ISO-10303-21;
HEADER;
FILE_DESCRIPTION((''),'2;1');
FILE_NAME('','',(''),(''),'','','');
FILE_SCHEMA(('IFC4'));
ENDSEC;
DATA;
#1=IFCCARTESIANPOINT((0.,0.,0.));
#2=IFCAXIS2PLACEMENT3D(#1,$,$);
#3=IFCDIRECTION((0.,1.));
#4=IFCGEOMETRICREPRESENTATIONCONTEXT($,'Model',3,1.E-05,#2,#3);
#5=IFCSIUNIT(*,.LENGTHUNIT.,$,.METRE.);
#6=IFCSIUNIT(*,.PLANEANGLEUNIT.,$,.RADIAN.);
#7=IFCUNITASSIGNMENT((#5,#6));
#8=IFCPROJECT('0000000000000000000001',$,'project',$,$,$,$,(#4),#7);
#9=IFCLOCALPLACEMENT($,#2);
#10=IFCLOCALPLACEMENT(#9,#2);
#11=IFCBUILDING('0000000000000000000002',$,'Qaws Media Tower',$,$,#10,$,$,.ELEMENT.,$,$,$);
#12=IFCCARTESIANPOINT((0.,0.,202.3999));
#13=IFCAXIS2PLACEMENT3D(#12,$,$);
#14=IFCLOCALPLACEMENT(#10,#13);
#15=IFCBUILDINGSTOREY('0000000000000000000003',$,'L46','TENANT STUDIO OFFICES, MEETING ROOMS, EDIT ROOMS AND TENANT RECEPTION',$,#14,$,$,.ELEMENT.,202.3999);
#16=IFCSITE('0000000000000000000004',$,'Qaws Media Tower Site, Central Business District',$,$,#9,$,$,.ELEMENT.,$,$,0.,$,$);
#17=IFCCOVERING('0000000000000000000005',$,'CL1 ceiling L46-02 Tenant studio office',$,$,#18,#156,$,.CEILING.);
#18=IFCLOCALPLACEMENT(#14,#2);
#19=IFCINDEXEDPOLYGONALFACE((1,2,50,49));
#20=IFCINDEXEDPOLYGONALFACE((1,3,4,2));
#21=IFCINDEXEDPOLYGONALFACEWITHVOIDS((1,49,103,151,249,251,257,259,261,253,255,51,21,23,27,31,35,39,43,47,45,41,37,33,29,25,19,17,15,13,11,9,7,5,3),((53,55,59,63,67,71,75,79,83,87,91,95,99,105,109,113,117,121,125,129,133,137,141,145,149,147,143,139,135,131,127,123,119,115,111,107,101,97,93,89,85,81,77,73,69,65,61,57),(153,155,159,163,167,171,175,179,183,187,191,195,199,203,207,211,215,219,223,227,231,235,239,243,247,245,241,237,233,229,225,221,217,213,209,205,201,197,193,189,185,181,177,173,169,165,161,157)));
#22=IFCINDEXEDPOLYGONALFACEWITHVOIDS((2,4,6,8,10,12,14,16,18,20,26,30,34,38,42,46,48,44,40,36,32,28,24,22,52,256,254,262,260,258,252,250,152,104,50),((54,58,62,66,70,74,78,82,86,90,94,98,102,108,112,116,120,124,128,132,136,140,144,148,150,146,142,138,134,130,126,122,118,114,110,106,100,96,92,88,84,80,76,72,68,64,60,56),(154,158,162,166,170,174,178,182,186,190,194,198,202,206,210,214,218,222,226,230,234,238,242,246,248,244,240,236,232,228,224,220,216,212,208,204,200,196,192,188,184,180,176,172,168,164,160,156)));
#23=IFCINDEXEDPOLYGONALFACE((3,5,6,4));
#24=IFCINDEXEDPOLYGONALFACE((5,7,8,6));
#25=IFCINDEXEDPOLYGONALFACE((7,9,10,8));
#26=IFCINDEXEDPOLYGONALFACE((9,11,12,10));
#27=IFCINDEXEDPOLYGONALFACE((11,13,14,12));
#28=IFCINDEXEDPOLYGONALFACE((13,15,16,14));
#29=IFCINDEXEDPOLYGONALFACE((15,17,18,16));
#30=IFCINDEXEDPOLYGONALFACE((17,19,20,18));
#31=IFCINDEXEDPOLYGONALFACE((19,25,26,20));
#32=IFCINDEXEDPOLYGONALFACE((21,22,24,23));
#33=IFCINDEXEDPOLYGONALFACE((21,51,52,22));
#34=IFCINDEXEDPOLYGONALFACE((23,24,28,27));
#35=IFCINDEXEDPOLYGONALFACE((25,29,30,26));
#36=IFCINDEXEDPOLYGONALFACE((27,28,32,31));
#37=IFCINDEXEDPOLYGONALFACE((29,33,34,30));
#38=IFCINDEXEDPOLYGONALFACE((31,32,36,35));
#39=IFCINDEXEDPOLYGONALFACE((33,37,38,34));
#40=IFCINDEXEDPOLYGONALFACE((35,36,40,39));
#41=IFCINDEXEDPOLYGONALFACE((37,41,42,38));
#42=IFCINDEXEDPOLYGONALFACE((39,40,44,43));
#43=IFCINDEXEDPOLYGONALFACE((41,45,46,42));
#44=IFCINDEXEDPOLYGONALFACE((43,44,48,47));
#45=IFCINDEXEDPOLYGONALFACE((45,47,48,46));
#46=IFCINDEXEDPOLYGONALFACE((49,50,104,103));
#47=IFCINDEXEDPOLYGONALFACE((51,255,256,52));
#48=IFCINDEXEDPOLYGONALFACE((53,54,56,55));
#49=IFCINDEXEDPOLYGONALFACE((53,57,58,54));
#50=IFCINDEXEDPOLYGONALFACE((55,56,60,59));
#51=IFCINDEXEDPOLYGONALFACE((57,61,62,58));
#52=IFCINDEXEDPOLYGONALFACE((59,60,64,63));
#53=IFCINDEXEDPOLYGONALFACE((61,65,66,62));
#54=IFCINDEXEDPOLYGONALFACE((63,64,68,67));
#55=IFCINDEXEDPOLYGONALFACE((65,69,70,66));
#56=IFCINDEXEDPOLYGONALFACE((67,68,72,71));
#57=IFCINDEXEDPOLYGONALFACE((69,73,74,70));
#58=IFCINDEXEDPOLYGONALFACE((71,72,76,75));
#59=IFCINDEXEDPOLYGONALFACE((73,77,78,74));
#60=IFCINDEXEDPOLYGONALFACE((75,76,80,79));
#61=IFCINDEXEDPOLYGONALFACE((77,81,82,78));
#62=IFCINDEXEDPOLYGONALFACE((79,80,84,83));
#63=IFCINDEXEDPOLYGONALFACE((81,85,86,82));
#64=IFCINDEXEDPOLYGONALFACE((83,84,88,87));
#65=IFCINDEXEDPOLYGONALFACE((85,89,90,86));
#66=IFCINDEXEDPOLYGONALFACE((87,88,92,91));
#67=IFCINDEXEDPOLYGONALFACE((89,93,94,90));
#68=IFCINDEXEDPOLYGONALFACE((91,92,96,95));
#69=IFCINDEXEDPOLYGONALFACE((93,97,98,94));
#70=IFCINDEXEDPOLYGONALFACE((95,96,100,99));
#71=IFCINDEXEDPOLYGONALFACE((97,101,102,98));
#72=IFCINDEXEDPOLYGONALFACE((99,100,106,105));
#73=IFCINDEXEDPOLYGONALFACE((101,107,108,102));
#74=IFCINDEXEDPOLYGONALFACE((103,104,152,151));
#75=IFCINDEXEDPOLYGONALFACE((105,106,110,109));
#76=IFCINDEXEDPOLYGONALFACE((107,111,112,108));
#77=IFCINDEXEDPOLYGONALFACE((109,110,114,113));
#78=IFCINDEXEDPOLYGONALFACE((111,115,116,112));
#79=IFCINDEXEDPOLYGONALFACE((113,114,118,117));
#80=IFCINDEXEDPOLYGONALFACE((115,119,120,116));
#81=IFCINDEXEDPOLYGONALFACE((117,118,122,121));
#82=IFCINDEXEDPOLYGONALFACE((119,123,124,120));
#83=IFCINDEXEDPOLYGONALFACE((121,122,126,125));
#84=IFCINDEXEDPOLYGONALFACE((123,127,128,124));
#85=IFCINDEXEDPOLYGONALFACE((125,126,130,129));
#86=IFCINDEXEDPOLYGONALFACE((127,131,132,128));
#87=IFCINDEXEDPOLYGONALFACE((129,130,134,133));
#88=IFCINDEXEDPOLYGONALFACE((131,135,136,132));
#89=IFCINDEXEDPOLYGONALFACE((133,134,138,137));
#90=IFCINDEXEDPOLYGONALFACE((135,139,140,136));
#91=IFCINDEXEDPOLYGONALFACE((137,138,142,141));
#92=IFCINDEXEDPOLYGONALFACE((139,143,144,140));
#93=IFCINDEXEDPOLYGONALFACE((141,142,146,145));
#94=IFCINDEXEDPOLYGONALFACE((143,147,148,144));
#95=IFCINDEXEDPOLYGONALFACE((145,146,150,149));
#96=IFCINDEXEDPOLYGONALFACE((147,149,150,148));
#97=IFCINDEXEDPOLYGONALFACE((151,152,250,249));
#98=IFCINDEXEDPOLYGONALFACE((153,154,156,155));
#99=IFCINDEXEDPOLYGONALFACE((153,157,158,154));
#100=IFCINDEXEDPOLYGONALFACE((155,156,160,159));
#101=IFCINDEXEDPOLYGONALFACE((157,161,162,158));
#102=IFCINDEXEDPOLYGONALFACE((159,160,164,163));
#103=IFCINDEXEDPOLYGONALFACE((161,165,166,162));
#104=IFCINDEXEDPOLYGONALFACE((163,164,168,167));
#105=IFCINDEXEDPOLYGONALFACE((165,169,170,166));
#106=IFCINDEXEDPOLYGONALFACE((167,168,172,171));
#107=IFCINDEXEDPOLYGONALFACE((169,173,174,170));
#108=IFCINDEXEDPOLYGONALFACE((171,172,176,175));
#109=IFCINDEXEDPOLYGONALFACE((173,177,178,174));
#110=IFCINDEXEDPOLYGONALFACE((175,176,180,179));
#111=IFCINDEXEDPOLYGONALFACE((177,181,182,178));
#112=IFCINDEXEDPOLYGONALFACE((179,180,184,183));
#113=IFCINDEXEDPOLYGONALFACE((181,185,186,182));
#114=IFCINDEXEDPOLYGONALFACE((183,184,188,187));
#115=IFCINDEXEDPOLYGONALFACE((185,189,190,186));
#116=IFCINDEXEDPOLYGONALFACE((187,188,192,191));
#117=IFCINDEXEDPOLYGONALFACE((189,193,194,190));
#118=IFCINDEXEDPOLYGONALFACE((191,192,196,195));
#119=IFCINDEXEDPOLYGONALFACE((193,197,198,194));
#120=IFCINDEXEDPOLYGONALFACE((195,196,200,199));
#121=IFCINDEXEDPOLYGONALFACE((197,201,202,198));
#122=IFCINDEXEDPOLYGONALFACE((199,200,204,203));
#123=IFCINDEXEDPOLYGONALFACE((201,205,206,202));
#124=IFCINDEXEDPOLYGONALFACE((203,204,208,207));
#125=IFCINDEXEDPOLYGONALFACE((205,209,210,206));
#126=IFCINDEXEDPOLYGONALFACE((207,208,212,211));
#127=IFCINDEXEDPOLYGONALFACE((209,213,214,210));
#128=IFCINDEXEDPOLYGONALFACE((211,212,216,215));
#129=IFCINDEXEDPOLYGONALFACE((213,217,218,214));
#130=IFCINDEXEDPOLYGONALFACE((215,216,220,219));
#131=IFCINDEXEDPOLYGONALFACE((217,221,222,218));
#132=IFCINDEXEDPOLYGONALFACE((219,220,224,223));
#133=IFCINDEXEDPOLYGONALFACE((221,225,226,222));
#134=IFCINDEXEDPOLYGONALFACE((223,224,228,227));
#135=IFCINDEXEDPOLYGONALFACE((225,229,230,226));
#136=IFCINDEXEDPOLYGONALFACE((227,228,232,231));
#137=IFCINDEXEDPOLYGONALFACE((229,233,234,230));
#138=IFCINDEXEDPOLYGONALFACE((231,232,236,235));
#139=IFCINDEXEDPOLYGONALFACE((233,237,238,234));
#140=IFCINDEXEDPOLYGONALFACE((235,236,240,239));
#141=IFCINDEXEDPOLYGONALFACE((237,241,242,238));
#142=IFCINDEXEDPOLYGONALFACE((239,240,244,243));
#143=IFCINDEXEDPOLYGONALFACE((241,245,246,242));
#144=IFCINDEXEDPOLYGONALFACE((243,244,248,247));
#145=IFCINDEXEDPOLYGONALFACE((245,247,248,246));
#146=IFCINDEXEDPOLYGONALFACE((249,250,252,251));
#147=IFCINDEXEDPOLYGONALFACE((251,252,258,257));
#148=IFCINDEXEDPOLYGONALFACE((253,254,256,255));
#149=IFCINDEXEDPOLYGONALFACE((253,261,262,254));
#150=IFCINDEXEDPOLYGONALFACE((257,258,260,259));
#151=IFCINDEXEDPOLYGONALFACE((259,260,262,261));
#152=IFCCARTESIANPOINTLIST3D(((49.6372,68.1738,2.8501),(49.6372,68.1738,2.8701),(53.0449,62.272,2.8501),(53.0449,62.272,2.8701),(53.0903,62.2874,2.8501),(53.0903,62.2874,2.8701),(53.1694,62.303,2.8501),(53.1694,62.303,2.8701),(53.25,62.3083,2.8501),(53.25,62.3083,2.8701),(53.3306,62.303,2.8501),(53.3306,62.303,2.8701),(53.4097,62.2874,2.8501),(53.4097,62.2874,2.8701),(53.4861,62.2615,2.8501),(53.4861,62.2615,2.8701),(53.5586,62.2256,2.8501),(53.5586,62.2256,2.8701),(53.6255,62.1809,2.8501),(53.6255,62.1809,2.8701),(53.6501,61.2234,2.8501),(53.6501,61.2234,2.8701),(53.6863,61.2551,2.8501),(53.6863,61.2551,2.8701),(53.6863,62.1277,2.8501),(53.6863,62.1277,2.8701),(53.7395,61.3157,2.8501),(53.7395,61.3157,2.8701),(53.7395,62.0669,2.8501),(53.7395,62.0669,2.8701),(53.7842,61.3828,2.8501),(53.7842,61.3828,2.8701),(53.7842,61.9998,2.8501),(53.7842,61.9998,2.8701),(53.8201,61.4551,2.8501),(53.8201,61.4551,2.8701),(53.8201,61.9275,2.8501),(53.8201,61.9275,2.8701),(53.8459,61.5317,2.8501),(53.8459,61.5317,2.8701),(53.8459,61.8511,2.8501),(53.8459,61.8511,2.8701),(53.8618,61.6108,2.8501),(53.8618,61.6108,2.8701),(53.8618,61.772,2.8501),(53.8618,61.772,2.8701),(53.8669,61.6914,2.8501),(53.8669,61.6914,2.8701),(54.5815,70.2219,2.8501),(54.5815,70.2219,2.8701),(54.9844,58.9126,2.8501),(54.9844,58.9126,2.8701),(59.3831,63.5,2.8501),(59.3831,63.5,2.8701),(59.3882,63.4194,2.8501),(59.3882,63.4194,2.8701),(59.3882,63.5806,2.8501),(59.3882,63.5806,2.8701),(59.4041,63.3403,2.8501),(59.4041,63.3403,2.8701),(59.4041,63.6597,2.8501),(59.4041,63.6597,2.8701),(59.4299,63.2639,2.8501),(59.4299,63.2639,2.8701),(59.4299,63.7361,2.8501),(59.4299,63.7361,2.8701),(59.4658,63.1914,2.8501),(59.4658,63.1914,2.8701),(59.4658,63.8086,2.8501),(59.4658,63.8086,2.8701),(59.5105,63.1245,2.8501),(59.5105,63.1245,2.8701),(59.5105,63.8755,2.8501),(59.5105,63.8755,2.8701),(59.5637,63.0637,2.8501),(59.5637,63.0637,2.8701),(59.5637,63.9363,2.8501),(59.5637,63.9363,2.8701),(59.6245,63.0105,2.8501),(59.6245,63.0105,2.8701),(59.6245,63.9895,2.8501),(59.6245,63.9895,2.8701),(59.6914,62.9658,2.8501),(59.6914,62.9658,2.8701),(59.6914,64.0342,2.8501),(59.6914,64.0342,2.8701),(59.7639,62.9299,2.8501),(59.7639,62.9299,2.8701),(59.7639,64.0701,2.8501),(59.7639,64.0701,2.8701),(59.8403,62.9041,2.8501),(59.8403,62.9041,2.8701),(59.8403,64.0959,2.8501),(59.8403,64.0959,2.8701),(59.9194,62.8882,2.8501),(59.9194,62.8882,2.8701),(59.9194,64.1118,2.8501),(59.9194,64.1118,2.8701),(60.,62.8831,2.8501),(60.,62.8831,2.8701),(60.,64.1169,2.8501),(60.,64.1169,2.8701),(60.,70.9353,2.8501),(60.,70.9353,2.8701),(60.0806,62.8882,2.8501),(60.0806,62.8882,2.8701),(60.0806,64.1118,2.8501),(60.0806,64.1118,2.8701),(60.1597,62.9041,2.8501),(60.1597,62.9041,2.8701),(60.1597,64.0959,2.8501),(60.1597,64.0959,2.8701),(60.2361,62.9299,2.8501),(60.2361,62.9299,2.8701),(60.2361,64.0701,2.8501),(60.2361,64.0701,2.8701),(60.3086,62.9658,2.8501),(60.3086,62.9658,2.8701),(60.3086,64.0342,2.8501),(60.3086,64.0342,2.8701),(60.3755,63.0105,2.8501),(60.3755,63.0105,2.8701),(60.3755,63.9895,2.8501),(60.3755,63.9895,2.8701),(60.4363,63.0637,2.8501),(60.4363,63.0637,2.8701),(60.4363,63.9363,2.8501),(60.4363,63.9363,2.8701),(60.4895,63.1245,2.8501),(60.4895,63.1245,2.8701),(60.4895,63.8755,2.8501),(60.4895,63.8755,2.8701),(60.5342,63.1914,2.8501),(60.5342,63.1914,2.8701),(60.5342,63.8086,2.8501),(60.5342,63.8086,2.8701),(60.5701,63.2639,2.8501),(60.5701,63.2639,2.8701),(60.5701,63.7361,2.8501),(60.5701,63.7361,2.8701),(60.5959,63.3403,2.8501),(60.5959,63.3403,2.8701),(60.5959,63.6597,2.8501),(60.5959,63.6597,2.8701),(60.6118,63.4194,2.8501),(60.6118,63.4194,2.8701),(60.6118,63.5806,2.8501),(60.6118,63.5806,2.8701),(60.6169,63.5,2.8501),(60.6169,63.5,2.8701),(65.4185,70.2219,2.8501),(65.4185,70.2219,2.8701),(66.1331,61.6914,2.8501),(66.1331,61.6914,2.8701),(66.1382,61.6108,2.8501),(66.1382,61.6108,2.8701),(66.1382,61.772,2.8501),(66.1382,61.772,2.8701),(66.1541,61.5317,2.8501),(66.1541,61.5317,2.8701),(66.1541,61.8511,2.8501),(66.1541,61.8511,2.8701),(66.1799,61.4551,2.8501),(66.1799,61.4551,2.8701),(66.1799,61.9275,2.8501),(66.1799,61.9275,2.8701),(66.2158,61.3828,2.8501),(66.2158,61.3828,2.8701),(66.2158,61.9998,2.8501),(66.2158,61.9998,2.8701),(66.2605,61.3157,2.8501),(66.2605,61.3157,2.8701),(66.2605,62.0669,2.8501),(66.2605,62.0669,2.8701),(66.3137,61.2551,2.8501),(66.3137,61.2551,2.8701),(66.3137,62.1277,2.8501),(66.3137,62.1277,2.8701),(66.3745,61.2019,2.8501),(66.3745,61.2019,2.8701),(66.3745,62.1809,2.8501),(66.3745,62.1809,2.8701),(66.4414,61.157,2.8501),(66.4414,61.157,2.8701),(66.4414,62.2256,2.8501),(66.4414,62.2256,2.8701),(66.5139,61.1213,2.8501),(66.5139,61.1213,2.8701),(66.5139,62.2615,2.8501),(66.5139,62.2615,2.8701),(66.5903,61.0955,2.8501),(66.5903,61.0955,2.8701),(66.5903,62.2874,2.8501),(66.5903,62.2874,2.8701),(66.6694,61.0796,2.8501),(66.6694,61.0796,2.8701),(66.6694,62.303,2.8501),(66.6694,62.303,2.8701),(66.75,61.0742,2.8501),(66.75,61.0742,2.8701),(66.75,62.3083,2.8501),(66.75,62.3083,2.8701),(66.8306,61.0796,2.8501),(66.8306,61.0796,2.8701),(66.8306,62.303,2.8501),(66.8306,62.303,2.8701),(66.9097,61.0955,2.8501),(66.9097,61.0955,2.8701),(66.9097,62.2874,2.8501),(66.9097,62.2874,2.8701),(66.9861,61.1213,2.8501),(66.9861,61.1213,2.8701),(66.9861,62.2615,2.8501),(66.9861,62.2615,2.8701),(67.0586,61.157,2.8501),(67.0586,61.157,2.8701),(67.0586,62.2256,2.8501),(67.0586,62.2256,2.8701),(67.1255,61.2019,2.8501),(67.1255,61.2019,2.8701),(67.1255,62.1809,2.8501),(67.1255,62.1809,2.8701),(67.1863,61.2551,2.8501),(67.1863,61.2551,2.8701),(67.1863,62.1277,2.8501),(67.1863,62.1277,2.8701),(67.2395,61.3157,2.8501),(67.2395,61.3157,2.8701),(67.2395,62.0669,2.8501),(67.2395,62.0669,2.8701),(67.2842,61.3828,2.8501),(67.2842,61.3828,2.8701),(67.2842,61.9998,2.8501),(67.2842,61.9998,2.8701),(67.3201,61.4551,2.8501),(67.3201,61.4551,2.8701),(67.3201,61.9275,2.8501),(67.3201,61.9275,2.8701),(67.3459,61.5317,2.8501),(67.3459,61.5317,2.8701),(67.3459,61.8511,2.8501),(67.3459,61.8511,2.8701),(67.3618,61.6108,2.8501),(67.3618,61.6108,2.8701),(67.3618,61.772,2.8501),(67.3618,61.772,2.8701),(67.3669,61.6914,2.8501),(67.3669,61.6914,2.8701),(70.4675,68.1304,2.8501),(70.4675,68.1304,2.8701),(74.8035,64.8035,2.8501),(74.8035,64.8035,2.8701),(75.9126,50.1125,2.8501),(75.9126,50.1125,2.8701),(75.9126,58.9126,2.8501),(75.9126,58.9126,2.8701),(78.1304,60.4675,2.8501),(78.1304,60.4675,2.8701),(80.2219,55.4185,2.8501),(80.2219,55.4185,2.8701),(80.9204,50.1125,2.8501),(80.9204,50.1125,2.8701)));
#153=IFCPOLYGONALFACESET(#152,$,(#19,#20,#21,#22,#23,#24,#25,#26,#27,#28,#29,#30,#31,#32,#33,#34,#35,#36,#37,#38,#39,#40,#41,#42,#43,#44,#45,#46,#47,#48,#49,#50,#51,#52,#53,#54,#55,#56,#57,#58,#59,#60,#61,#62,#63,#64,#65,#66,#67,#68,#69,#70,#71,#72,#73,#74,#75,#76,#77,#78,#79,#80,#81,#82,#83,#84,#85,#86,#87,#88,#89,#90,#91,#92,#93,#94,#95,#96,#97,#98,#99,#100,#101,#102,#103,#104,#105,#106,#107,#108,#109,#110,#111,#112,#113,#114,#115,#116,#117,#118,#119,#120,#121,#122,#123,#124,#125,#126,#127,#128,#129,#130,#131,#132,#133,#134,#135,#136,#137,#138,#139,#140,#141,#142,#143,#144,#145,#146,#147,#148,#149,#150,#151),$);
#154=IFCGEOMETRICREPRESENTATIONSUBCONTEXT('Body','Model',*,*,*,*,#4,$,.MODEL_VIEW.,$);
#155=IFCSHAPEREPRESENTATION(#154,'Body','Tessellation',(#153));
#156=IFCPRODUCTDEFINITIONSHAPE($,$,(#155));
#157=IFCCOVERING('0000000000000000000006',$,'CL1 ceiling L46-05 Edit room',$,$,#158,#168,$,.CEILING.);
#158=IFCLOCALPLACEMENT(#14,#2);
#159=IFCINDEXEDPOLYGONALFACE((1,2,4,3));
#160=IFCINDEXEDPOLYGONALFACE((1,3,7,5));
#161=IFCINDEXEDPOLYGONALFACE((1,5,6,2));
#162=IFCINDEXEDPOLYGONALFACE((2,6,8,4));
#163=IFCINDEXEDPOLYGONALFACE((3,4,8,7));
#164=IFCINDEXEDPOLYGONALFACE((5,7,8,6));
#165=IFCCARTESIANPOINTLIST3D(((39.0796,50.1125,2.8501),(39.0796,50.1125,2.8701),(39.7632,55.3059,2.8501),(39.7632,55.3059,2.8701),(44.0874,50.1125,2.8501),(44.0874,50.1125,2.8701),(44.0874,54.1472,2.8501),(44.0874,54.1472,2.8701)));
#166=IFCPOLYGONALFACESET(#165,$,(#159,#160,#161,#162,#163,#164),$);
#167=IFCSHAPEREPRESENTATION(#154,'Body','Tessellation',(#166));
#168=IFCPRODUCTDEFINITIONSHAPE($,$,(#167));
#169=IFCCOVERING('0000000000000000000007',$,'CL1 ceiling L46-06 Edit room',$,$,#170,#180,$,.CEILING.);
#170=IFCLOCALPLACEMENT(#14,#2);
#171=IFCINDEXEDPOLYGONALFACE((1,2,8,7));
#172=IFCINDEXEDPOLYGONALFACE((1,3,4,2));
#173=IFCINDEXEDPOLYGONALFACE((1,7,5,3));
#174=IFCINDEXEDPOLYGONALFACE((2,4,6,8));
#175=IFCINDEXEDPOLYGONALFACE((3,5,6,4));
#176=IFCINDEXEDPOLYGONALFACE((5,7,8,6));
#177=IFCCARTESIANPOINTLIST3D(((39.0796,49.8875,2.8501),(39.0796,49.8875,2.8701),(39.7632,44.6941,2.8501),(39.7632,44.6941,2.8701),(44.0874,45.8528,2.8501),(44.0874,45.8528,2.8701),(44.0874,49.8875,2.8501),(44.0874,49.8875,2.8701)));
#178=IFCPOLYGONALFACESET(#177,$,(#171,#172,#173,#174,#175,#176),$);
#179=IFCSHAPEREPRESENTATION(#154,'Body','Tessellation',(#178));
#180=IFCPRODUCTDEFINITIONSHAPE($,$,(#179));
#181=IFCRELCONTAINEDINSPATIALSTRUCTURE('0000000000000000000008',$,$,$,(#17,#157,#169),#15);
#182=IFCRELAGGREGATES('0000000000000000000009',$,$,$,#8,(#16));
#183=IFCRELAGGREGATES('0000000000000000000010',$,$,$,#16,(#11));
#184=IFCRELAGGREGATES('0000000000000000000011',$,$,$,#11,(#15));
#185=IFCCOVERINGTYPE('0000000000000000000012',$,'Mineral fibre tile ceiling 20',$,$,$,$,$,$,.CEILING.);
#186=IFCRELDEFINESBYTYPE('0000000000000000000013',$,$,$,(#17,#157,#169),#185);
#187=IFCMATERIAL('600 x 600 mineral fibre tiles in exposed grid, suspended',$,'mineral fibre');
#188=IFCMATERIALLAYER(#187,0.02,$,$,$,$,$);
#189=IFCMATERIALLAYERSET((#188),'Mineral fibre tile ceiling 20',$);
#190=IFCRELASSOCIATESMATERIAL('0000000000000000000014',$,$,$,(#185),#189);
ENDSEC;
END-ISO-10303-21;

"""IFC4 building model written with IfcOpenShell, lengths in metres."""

from ifc_helpers import new_model, si_unit, direction, frame, origin, place, context, subcontext, project, spatial, polyline, outline, extrude, material, layer, layer_set, type_object, element, save


model = new_model("IFC4")

# Units and contexts
model_context = context("Model", 3, precision=1e-05, world=origin(), true_north=direction((0.0, 1.0)))
body_context = subcontext(model_context, "Body", "Model", "MODEL_VIEW")
ifc_project = project(units=[si_unit("LENGTHUNIT", "METRE"), si_unit("PLANEANGLEUNIT", "RADIAN")], contexts=[model_context])

# Site, building, storey
site_placement = place(None, origin())
site = spatial("IfcSite", under=ifc_project, at=site_placement, Name="Qaws Media Tower Site, Central Business District", CompositionType="ELEMENT", RefElevation=0.0)
building_placement = place(site_placement, origin())
building = spatial("IfcBuilding", under=site, at=building_placement, Name="Qaws Media Tower", CompositionType="ELEMENT")
storey_placement = place(building_placement, frame((0.0, 0.0, 202.3999)))
storey = spatial("IfcBuildingStorey", under=building, at=storey_placement, Name="L46", Description="TENANT STUDIO OFFICES, MEETING ROOMS, EDIT ROOMS AND TENANT RECEPTION", CompositionType="ELEMENT", Elevation=202.3999)

# Coverings
ifc_material_1 = material(Name="600 x 600 mineral fibre tiles in exposed grid, suspended", Category="mineral fibre")
ifc_layer_1 = layer(ifc_material_1, 0.02)
ifc_layer_set_1 = layer_set([ifc_layer_1], Name="Mineral fibre tile ceiling 20")
covering_type_1 = type_object("IfcCoveringType", Name="Mineral fibre tile ceiling 20", PredefinedType="CEILING", material=ifc_layer_set_1)
covering_1_placement = place(storey_placement, frame((0.0, 0.0, 2.8501)))
element("IfcCovering", 1, at=covering_1_placement, inside=storey, type_object=covering_type_1, Name="CL1 ceiling L46-02 Tenant studio office", PredefinedType="CEILING", context=body_context, shape_type="SweptSolid", body=[
    extrude(outline(polyline([(54.5815, 70.2219), (60.0, 70.9353), (65.4185, 70.2219), (70.4675, 68.1304), (74.8035, 64.8035), (78.1304, 60.4675), (80.2219, 55.4185), (80.9204, 50.1125), (75.9126, 50.1125), (75.9126, 58.9126), (54.9844, 58.9126), (53.6501, 61.2234), (53.6863, 61.2551), (53.7395, 61.3157), (53.7842, 61.3828), (53.8201, 61.4551), (53.8459, 61.5317), (53.8618, 61.6108), (53.8669, 61.6914), (53.8618, 61.772), (53.8459, 61.8511), (53.8201, 61.9275), (53.7842, 61.9998), (53.7395, 62.0669), (53.6863, 62.1277), (53.6255, 62.1809), (53.5586, 62.2256), (53.4861, 62.2615), (53.4097, 62.2874), (53.3306, 62.303), (53.25, 62.3083), (53.1694, 62.303), (53.0903, 62.2874), (53.0449, 62.272), (49.6372, 68.1738), (54.5815, 70.2219)]), holes=[polyline([(60.5701, 63.2639), (60.5959, 63.3403), (60.6118, 63.4194), (60.6169, 63.5), (60.6118, 63.5806), (60.5959, 63.6597), (60.5701, 63.7361), (60.5342, 63.8086), (60.4895, 63.8755), (60.4363, 63.9363), (60.3755, 63.9895), (60.3086, 64.0342), (60.2361, 64.0701), (60.1597, 64.0959), (60.0806, 64.1118), (60.0, 64.1169), (59.9194, 64.1118), (59.8403, 64.0959), (59.7639, 64.0701), (59.6914, 64.0342), (59.6245, 63.9895), (59.5637, 63.9363), (59.5105, 63.8755), (59.4658, 63.8086), (59.4299, 63.7361), (59.4041, 63.6597), (59.3882, 63.5806), (59.3831, 63.5), (59.3882, 63.4194), (59.4041, 63.3403), (59.4299, 63.2639), (59.4658, 63.1914), (59.5105, 63.1245), (59.5637, 63.0637), (59.6245, 63.0105), (59.6914, 62.9658), (59.7639, 62.9299), (59.8403, 62.9041), (59.9194, 62.8882), (60.0, 62.8831), (60.0806, 62.8882), (60.1597, 62.9041), (60.2361, 62.9299), (60.3086, 62.9658), (60.3755, 63.0105), (60.4363, 63.0637), (60.4895, 63.1245), (60.5342, 63.1914), (60.5701, 63.2639)]), polyline([(67.3201, 61.4551), (67.3459, 61.5317), (67.3618, 61.6108), (67.3669, 61.6914), (67.3618, 61.772), (67.3459, 61.8511), (67.3201, 61.9275), (67.2842, 61.9998), (67.2395, 62.0669), (67.1863, 62.1277), (67.1255, 62.1809), (67.0586, 62.2256), (66.9861, 62.2615), (66.9097, 62.2874), (66.8306, 62.303), (66.75, 62.3083), (66.6694, 62.303), (66.5903, 62.2874), (66.5139, 62.2615), (66.4414, 62.2256), (66.3745, 62.1809), (66.3137, 62.1277), (66.2605, 62.0669), (66.2158, 61.9998), (66.1799, 61.9275), (66.1541, 61.8511), (66.1382, 61.772), (66.1331, 61.6914), (66.1382, 61.6108), (66.1541, 61.5317), (66.1799, 61.4551), (66.2158, 61.3828), (66.2605, 61.3157), (66.3137, 61.2551), (66.3745, 61.2019), (66.4414, 61.157), (66.5139, 61.1213), (66.5903, 61.0955), (66.6694, 61.0796), (66.75, 61.0742), (66.8306, 61.0796), (66.9097, 61.0955), (66.9861, 61.1213), (67.0586, 61.157), (67.1255, 61.2019), (67.1863, 61.2551), (67.2395, 61.3157), (67.2842, 61.3828), (67.3201, 61.4551)])]), origin(), (0.0, 0.0, 1.0), 0.02),
])
covering_2_placement = place(storey_placement, frame((0.0, 0.0, 2.8501)))
element("IfcCovering", 2, at=covering_2_placement, inside=storey, type_object=covering_type_1, Name="CL1 ceiling L46-05 Edit room", PredefinedType="CEILING", context=body_context, shape_type="SweptSolid", body=[
    extrude(outline(polyline([(39.7632, 55.3059), (44.0874, 54.1472), (44.0874, 50.1125), (39.0796, 50.1125), (39.7632, 55.3059)])), origin(), (0.0, 0.0, 1.0), 0.02),
])
covering_3_placement = place(storey_placement, frame((0.0, 0.0, 2.8501)))
element("IfcCovering", 3, at=covering_3_placement, inside=storey, type_object=covering_type_1, Name="CL1 ceiling L46-06 Edit room", PredefinedType="CEILING", context=body_context, shape_type="SweptSolid", body=[
    extrude(outline(polyline([(39.0796, 49.8875), (44.0874, 49.8875), (44.0874, 45.8528), (39.7632, 44.6941), (39.0796, 49.8875)])), origin(), (0.0, 0.0, 1.0), 0.02),
])

save(model, "model.ifc")
